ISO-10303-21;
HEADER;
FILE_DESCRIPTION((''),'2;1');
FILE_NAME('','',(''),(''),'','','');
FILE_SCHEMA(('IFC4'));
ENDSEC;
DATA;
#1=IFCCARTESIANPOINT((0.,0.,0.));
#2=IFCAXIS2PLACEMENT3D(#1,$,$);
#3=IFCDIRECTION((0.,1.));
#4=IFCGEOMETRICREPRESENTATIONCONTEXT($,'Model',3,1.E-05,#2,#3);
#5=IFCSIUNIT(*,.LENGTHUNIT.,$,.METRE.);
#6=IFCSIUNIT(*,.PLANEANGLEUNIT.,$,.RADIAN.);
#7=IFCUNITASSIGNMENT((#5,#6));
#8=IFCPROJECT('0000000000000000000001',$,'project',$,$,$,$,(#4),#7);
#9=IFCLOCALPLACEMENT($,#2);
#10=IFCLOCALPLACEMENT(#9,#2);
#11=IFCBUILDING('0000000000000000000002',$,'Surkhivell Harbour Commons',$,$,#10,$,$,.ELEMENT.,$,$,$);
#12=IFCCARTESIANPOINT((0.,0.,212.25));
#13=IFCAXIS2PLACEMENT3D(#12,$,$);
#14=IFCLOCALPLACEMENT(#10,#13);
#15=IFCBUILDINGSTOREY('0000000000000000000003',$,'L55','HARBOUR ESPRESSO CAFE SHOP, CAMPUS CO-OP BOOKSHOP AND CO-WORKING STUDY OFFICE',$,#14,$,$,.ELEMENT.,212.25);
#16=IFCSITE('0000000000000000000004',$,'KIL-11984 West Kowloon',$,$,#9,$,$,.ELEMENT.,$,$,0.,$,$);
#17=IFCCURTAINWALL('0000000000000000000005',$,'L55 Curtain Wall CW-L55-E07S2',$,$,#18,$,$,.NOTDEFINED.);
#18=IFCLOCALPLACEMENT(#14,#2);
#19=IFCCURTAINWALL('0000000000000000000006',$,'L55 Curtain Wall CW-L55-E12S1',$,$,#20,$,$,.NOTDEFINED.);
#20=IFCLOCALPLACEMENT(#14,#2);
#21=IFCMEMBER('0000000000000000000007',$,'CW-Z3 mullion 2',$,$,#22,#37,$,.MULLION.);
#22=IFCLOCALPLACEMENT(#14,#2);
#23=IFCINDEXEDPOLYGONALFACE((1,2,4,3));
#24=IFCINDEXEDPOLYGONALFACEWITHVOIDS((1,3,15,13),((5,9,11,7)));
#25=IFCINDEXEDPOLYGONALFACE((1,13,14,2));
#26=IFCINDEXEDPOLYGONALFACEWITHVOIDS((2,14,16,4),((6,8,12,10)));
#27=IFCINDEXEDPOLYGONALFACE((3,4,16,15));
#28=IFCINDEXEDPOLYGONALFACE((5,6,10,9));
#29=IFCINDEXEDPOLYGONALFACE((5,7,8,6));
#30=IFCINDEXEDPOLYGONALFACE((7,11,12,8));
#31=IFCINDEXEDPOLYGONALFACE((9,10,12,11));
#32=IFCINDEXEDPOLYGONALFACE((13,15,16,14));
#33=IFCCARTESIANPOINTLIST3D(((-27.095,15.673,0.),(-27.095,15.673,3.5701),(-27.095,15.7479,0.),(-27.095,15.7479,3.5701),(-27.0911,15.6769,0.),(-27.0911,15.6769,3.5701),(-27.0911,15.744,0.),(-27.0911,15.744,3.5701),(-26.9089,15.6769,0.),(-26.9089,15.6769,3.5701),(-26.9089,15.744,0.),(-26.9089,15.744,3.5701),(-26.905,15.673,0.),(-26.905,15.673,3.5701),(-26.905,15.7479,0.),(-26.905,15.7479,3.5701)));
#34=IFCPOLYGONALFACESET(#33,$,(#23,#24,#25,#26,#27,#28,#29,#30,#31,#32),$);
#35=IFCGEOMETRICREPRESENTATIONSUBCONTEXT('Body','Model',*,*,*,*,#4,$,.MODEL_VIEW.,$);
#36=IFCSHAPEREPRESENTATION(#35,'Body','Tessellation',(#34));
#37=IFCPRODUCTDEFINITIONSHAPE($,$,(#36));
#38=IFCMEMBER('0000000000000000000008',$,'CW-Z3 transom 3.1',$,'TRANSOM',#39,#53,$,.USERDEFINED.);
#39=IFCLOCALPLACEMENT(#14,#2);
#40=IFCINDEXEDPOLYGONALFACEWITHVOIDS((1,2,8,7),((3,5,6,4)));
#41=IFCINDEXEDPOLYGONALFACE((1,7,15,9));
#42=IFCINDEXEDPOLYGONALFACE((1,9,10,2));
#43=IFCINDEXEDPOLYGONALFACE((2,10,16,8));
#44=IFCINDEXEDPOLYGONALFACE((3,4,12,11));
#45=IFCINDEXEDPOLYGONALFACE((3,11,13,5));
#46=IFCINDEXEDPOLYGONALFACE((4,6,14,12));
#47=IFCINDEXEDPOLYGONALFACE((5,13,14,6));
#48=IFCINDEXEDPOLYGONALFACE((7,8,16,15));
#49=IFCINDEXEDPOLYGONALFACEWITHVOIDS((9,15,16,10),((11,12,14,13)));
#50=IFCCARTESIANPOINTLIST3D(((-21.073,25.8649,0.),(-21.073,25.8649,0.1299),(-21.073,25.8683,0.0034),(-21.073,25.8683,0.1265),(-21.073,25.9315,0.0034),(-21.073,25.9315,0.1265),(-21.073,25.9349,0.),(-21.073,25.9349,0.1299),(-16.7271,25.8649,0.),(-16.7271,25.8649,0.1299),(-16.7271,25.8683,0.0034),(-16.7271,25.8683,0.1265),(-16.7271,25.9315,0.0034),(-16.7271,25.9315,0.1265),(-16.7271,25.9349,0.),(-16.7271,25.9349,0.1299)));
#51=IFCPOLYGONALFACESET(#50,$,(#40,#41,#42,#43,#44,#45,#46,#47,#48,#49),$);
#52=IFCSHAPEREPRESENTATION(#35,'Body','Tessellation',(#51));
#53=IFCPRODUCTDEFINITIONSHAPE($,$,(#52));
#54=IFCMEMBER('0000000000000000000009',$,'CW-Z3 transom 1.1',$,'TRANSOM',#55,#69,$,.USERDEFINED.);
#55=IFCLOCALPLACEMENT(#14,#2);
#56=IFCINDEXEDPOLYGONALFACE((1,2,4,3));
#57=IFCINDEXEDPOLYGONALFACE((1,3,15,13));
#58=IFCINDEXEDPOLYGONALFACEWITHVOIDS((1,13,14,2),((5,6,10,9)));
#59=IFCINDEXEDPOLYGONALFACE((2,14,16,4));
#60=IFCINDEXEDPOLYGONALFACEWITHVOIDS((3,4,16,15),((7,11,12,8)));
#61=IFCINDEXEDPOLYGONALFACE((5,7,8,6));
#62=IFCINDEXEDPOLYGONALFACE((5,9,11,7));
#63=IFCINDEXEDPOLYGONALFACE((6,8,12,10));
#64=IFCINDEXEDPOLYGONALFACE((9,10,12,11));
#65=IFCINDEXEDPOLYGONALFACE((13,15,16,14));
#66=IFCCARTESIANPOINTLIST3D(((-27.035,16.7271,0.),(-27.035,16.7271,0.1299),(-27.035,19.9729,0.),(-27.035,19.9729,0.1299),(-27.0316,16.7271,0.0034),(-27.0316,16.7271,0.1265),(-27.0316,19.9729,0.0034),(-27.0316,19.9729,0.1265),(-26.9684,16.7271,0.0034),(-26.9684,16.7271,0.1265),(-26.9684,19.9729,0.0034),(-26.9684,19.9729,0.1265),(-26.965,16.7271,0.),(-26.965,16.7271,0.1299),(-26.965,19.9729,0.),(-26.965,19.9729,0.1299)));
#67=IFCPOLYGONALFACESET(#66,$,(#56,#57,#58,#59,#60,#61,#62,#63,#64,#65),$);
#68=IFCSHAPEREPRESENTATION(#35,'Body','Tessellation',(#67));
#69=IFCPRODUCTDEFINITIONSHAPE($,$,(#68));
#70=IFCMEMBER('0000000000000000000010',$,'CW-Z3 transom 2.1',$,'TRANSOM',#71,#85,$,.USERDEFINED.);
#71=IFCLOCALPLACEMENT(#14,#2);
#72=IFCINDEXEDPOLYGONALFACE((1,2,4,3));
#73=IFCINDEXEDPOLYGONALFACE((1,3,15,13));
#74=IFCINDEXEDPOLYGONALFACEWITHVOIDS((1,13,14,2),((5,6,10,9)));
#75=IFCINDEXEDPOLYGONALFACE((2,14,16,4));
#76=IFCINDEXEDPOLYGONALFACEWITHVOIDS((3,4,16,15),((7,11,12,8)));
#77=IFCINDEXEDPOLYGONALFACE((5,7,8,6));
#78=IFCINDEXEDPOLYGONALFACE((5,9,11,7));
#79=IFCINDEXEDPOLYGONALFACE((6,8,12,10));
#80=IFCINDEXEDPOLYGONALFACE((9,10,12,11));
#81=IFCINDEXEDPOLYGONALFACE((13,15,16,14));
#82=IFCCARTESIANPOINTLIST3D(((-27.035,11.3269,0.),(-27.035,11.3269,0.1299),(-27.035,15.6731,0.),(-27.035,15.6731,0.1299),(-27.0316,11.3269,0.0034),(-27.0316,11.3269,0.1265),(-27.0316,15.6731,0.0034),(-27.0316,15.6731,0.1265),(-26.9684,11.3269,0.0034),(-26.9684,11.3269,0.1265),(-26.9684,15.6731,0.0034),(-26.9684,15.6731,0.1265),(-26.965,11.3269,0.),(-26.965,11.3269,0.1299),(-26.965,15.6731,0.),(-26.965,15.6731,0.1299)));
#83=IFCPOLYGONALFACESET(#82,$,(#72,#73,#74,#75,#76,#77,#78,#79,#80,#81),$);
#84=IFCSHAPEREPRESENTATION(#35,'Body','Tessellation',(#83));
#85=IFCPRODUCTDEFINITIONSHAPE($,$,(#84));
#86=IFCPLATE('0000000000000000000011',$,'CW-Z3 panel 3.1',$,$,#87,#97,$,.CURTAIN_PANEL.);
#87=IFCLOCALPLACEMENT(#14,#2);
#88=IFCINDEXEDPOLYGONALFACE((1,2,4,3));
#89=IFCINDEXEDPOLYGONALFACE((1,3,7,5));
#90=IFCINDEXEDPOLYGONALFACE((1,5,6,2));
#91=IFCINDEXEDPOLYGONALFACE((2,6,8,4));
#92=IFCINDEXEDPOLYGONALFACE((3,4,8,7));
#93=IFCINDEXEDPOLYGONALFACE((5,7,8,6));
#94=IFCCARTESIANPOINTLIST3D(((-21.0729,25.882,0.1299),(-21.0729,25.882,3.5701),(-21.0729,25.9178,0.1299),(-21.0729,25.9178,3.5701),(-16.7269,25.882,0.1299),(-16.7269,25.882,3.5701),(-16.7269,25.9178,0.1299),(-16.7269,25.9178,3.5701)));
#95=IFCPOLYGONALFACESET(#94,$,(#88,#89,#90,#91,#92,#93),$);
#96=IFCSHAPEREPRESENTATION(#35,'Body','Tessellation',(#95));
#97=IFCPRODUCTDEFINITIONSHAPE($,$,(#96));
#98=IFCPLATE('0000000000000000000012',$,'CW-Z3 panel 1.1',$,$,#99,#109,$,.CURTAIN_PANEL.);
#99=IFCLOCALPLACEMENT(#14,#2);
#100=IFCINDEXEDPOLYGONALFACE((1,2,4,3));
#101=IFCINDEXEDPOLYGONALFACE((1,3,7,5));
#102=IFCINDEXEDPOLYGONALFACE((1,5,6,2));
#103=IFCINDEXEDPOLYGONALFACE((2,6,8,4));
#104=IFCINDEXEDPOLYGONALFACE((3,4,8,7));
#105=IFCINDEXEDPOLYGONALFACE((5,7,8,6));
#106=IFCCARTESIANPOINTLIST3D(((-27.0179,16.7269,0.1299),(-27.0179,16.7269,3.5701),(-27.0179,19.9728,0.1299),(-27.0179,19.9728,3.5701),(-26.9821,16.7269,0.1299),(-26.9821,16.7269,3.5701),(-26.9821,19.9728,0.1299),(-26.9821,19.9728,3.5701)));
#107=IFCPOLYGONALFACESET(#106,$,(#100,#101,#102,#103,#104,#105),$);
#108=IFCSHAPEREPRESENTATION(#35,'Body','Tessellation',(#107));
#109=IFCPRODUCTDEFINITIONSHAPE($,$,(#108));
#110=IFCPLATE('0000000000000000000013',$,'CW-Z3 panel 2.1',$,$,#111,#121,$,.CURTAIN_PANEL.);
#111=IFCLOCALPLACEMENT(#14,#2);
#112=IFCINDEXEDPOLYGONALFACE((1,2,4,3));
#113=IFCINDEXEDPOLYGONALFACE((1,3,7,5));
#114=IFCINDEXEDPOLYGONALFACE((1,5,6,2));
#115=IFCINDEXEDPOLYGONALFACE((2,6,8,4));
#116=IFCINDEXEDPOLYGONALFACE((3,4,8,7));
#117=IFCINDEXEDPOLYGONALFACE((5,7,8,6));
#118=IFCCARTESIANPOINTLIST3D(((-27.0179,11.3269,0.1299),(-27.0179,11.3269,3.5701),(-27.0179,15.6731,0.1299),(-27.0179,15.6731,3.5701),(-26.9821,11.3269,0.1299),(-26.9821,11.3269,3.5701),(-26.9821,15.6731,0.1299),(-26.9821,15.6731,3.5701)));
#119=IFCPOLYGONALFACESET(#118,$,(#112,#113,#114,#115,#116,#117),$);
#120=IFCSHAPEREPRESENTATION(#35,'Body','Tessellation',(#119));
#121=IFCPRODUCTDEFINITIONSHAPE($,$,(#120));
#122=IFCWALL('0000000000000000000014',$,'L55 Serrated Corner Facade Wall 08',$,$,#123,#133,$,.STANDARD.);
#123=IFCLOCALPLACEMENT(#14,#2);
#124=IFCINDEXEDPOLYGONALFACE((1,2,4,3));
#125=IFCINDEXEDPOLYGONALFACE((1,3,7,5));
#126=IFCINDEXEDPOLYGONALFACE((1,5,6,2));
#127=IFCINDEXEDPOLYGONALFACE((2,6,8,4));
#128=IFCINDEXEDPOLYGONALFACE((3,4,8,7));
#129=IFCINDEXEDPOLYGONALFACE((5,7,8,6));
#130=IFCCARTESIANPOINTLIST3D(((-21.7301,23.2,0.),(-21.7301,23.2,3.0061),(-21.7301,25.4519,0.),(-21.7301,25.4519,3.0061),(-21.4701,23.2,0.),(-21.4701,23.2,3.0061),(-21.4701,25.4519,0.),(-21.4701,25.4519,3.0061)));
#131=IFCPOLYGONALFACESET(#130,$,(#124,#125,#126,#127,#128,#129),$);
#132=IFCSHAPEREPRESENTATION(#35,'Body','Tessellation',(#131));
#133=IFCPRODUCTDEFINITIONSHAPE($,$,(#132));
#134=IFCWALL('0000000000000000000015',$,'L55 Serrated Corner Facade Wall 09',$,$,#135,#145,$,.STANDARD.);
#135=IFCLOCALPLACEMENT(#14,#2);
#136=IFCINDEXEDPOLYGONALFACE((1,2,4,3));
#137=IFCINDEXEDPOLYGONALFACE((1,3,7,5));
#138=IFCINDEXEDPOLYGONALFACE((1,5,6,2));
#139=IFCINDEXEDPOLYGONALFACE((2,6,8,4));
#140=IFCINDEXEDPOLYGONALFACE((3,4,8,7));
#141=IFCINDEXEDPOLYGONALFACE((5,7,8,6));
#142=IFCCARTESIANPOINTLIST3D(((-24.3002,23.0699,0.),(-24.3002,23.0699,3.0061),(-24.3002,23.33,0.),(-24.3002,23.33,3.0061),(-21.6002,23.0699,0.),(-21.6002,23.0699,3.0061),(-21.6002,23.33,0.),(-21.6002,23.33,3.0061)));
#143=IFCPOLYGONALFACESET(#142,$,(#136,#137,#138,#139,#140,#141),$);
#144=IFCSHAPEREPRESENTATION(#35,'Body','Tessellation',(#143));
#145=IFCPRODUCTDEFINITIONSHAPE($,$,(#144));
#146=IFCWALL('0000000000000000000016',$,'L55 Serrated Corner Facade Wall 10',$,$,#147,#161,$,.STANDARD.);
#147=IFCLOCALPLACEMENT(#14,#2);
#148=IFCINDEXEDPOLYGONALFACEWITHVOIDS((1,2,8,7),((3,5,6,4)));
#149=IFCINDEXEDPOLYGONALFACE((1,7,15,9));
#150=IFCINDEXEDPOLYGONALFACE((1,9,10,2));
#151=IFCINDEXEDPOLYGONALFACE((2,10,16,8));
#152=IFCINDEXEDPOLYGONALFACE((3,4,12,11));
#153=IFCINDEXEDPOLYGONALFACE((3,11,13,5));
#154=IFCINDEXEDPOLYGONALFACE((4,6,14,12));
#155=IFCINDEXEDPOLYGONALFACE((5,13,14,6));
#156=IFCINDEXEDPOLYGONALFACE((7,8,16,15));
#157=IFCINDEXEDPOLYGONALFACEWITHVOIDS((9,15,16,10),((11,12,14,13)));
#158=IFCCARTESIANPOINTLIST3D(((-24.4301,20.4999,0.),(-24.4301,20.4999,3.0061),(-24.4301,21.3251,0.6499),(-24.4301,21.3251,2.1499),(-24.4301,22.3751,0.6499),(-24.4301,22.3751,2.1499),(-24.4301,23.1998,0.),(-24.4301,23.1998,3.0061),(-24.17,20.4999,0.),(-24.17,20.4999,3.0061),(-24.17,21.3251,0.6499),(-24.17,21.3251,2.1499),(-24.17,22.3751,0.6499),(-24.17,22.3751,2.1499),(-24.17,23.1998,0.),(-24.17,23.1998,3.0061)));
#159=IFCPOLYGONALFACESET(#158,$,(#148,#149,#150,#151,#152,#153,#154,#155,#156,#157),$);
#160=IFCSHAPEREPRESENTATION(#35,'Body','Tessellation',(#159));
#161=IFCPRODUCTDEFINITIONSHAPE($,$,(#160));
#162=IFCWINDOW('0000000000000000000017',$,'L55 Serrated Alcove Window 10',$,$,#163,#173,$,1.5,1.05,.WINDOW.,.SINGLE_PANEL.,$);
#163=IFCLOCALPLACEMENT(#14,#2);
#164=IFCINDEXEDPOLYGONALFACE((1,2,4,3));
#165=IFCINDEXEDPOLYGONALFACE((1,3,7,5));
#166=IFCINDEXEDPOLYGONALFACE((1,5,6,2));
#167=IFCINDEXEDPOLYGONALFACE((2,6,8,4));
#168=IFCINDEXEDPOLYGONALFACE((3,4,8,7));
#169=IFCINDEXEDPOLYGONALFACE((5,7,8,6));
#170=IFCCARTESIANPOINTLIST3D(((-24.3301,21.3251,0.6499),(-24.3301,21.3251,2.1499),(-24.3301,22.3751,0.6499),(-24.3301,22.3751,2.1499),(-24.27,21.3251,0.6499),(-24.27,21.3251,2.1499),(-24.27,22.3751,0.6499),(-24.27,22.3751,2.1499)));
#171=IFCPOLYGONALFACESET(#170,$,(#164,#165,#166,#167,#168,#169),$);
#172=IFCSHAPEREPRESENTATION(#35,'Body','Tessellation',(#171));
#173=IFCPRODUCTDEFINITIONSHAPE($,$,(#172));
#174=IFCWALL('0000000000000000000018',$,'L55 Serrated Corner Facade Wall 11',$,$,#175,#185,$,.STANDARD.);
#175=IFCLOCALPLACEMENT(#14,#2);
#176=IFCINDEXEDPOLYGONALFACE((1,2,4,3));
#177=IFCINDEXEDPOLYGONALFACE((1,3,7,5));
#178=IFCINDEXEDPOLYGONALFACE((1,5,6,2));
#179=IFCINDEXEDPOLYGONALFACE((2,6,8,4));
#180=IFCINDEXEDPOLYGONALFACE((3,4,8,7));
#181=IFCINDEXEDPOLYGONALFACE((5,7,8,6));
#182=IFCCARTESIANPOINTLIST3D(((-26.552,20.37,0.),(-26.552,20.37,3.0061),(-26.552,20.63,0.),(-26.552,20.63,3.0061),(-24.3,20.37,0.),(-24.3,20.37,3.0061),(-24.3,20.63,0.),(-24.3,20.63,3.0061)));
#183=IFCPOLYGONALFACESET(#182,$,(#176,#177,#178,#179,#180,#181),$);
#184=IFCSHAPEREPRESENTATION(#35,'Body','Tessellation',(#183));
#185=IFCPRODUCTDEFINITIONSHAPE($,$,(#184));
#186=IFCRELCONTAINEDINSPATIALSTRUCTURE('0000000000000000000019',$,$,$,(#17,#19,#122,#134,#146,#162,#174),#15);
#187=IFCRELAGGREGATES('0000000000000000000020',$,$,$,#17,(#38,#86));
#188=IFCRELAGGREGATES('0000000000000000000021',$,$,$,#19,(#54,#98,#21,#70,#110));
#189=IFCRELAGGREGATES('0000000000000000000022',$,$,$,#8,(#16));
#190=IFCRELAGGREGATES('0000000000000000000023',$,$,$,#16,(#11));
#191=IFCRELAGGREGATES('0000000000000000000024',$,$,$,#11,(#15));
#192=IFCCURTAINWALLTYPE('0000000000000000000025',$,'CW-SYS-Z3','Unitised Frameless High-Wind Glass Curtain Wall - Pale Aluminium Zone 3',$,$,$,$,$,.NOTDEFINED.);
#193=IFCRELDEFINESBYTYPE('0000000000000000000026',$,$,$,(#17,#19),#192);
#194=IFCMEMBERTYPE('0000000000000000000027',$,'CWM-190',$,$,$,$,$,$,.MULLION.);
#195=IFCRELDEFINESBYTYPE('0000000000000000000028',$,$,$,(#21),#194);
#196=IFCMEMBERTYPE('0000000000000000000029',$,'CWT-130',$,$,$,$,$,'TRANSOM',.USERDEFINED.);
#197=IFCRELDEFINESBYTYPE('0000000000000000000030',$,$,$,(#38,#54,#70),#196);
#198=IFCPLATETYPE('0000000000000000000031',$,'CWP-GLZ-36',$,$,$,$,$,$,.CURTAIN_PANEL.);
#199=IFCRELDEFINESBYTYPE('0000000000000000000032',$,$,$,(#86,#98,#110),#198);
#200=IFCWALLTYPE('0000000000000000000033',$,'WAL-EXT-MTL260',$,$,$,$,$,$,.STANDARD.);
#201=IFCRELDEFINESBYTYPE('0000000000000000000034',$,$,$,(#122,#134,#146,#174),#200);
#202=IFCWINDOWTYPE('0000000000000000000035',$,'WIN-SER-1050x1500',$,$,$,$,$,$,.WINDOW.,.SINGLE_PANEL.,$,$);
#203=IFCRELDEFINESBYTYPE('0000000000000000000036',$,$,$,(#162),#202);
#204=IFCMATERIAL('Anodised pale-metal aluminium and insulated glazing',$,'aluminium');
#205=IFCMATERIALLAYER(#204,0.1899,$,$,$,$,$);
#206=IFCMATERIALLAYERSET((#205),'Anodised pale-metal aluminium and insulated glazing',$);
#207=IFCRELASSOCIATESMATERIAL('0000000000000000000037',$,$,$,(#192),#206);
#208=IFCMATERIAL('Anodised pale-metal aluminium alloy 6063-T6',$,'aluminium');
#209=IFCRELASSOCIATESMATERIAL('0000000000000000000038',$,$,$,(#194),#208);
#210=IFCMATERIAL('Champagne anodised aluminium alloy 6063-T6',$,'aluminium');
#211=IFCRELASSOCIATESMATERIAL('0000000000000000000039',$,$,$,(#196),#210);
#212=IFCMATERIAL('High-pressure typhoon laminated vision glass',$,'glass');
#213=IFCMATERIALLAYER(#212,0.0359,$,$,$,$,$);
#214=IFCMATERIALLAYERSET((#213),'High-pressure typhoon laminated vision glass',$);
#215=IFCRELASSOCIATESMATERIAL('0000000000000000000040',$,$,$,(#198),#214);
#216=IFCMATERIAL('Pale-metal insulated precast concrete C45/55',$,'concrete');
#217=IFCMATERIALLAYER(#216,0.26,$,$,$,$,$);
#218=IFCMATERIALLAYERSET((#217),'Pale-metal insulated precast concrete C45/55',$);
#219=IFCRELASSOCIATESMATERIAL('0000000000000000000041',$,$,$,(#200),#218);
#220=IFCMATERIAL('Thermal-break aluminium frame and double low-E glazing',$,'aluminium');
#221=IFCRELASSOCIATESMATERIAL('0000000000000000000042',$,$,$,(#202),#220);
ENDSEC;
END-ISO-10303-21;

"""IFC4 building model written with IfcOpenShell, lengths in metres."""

from ifc_helpers import new_model, si_unit, direction, frame, frame_2d, origin, origin_2d, place, context, subcontext, project, spatial, rectangle, hollow_rectangle, extrude, material, layer, layer_set, material_profile, profile_set, type_object, element, fill, aggregate, save


model = new_model("IFC4")

# Units and contexts
model_context = context("Model", 3, precision=1e-05, world=origin(), true_north=direction((0.0, 1.0)))
body_context = subcontext(model_context, "Body", "Model", "MODEL_VIEW")
ifc_project = project(units=[si_unit("LENGTHUNIT", "METRE"), si_unit("PLANEANGLEUNIT", "RADIAN")], contexts=[model_context])

# Site, building, storey
site_placement = place(None, origin())
site = spatial("IfcSite", under=ifc_project, at=site_placement, Name="KIL-11984 West Kowloon", CompositionType="ELEMENT", RefElevation=0.0)
building_placement = place(site_placement, origin())
building = spatial("IfcBuilding", under=site, at=building_placement, Name="Surkhivell Harbour Commons", CompositionType="ELEMENT")
storey_placement = place(building_placement, frame((0.0, 0.0, 212.25)))
storey = spatial("IfcBuildingStorey", under=building, at=storey_placement, Name="L55", Description="HARBOUR ESPRESSO CAFE SHOP, CAMPUS CO-OP BOOKSHOP AND CO-WORKING STUDY OFFICE", CompositionType="ELEMENT", Elevation=212.25)

# Curtain walls, member
ifc_material_1 = material(Name="Anodised pale-metal aluminium and insulated glazing", Category="aluminium")
ifc_layer_1 = layer(ifc_material_1, 0.1899)
ifc_layer_set_1 = layer_set([ifc_layer_1], Name="Anodised pale-metal aluminium and insulated glazing")
curtain_wall_type = type_object("IfcCurtainWallType", Name="CW-SYS-Z3", Description="Unitised Frameless High-Wind Glass Curtain Wall - Pale Aluminium Zone 3", PredefinedType="NOTDEFINED", material=ifc_layer_set_1)
curtain_wall_1_placement = place(storey_placement, origin())
curtain_wall_1 = element("IfcCurtainWall", 1, at=curtain_wall_1_placement, inside=storey, type_object=curtain_wall_type, Name="L55 Curtain Wall CW-L55-E07S2", PredefinedType="NOTDEFINED")
ifc_material_2 = material(Name="Anodised pale-metal aluminium alloy 6063-T6", Category="aluminium")
ifc_material_profile_1 = material_profile(ifc_material_2, hollow_rectangle(XDim=0.075, YDim=0.1899, WallThickness=0.0039, at=origin_2d()), Name="ALU-MULL-75x190")
ifc_profile_set_1 = profile_set([ifc_material_profile_1], Name="Anodised pale-metal aluminium alloy 6063-T6")
member_type_1 = type_object("IfcMemberType", Name="CWM-190", PredefinedType="MULLION", material=ifc_profile_set_1)
curtain_wall_2_placement = place(storey_placement, origin())
curtain_wall_2 = element("IfcCurtainWall", 2, at=curtain_wall_2_placement, inside=storey, type_object=curtain_wall_type, Name="L55 Curtain Wall CW-L55-E12S1", PredefinedType="NOTDEFINED")
member_1_placement = place(storey_placement, frame((-27.0, 15.7104, 0.0), z_axis=(0.0, 0.0, 1.0), x_axis=(0.0, -1.0, 0.0)))
member_1 = element("IfcMember", 3, at=member_1_placement, type_object=member_type_1, Name="CW-Z3 mullion 2", PredefinedType="MULLION", context=body_context, shape_type="SweptSolid", body=[
    extrude(hollow_rectangle(XDim=0.075, YDim=0.1899, WallThickness=0.0039, at=origin_2d()), origin(), (0.0, 0.0, 1.0), 3.5701),
])

# Members
ifc_material_3 = material(Name="Champagne anodised aluminium alloy 6063-T6", Category="aluminium")
ifc_material_profile_2 = material_profile(ifc_material_3, hollow_rectangle(XDim=0.0701, YDim=0.1299, WallThickness=0.0034, at=origin_2d()), Name="ALU-TRAN-70x130")
ifc_profile_set_2 = profile_set([ifc_material_profile_2], Name="Champagne anodised aluminium alloy 6063-T6")
member_type_2 = type_object("IfcMemberType", Name="CWT-130", ElementType="TRANSOM", PredefinedType="USERDEFINED", material=ifc_profile_set_2)
member_2_placement = place(storey_placement, frame((-16.7271, 25.8999, 0.0649), z_axis=(-1.0, 0.0, 0.0), x_axis=(0.0, -1.0, 0.0)))
member_2 = element("IfcMember", 4, at=member_2_placement, type_object=member_type_2, Name="CW-Z3 transom 3.1", ObjectType="TRANSOM", PredefinedType="USERDEFINED", context=body_context, shape_type="SweptSolid", body=[
    extrude(hollow_rectangle(XDim=0.0701, YDim=0.1299, WallThickness=0.0034, at=origin_2d()), origin(), (0.0, 0.0, 1.0), 4.3459),
])
member_3_placement = place(storey_placement, frame((-27.0, 19.9729, 0.0649), z_axis=(0.0, -1.0, 0.0), x_axis=(1.0, 0.0, 0.0)))
member_3 = element("IfcMember", 5, at=member_3_placement, type_object=member_type_2, Name="CW-Z3 transom 1.1", ObjectType="TRANSOM", PredefinedType="USERDEFINED", context=body_context, shape_type="SweptSolid", body=[
    extrude(hollow_rectangle(XDim=0.0701, YDim=0.1299, WallThickness=0.0034, at=origin_2d()), origin(), (0.0, 0.0, 1.0), 3.2458),
])
member_4_placement = place(storey_placement, frame((-27.0, 15.6731, 0.0649), z_axis=(0.0, -1.0, 0.0), x_axis=(1.0, 0.0, 0.0)))
member_4 = element("IfcMember", 6, at=member_4_placement, type_object=member_type_2, Name="CW-Z3 transom 2.1", ObjectType="TRANSOM", PredefinedType="USERDEFINED", context=body_context, shape_type="SweptSolid", body=[
    extrude(hollow_rectangle(XDim=0.0701, YDim=0.1299, WallThickness=0.0034, at=origin_2d()), origin(), (0.0, 0.0, 1.0), 4.3462),
])

# Plates
ifc_material_4 = material(Name="High-pressure typhoon laminated vision glass", Category="glass")
ifc_layer_2 = layer(ifc_material_4, 0.0359)
ifc_layer_set_2 = layer_set([ifc_layer_2], Name="High-pressure typhoon laminated vision glass")
plate_type = type_object("IfcPlateType", Name="CWP-GLZ-36", PredefinedType="CURTAIN_PANEL", material=ifc_layer_set_2)
plate_1_placement = place(storey_placement, frame((-16.7271, 25.8999, 0.1299), z_axis=(0.0, 0.0, 1.0), x_axis=(-1.0, 0.0, 0.0)))
plate_1 = element("IfcPlate", 7, at=plate_1_placement, type_object=plate_type, Name="CW-Z3 panel 3.1", PredefinedType="CURTAIN_PANEL", context=body_context, shape_type="SweptSolid", body=[
    extrude(rectangle(XDim=4.3459, YDim=0.0359, at=frame_2d((2.1729, 0.0))), origin(), (0.0, 0.0, 1.0), 3.4402),
])
aggregate(curtain_wall_1, [member_2, plate_1])
plate_2_placement = place(storey_placement, frame((-27.0, 19.9729, 0.1299), z_axis=(0.0, 0.0, 1.0), x_axis=(0.0, -1.0, 0.0)))
plate_2 = element("IfcPlate", 8, at=plate_2_placement, type_object=plate_type, Name="CW-Z3 panel 1.1", PredefinedType="CURTAIN_PANEL", context=body_context, shape_type="SweptSolid", body=[
    extrude(rectangle(XDim=3.2458, YDim=0.0359, at=frame_2d((1.623, 0.0))), origin(), (0.0, 0.0, 1.0), 3.4402),
])
plate_3_placement = place(storey_placement, frame((-27.0, 15.6731, 0.1299), z_axis=(0.0, 0.0, 1.0), x_axis=(0.0, -1.0, 0.0)))
plate_3 = element("IfcPlate", 9, at=plate_3_placement, type_object=plate_type, Name="CW-Z3 panel 2.1", PredefinedType="CURTAIN_PANEL", context=body_context, shape_type="SweptSolid", body=[
    extrude(rectangle(XDim=4.3462, YDim=0.0359, at=frame_2d((2.1731, 0.0))), origin(), (0.0, 0.0, 1.0), 3.4402),
])
aggregate(curtain_wall_2, [member_3, plate_2, member_1, member_4, plate_3])

# Walls
ifc_material_5 = material(Name="Pale-metal insulated precast concrete C45/55", Category="concrete")
ifc_layer_3 = layer(ifc_material_5, 0.26)
ifc_layer_set_3 = layer_set([ifc_layer_3], Name="Pale-metal insulated precast concrete C45/55")
wall_type = type_object("IfcWallType", Name="WAL-EXT-MTL260", PredefinedType="STANDARD", material=ifc_layer_set_3)
wall_1_placement = place(storey_placement, frame((-21.6001, 25.4519, 0.0), z_axis=(0.0, 0.0, 1.0), x_axis=(0.0, -1.0, 0.0)))
element("IfcWall", 10, at=wall_1_placement, inside=storey, type_object=wall_type, Name="L55 Serrated Corner Facade Wall 08", PredefinedType="STANDARD", context=body_context, shape_type="SweptSolid", body=[
    extrude(rectangle(XDim=2.252, YDim=0.26, at=frame_2d((1.126, 0.0))), origin(), (0.0, 0.0, 1.0), 3.0061),
])
wall_2_placement = place(storey_placement, frame((-21.6001, 23.2, 0.0), z_axis=(0.0, 0.0, 1.0), x_axis=(-1.0, 0.0, 0.0)))
element("IfcWall", 11, at=wall_2_placement, inside=storey, type_object=wall_type, Name="L55 Serrated Corner Facade Wall 09", PredefinedType="STANDARD", context=body_context, shape_type="SweptSolid", body=[
    extrude(rectangle(XDim=2.7, YDim=0.26, at=frame_2d((1.3501, 0.0))), origin(), (0.0, 0.0, 1.0), 3.0061),
])

# Wall, opening, window
wall_3_placement = place(storey_placement, frame((-24.3, 23.2, 0.0), z_axis=(0.0, 0.0, 1.0), x_axis=(0.0, -1.0, 0.0)))
wall_3 = element("IfcWall", 12, at=wall_3_placement, inside=storey, type_object=wall_type, Name="L55 Serrated Corner Facade Wall 10", PredefinedType="STANDARD", context=body_context, shape_type="SweptSolid", body=[
    extrude(rectangle(XDim=2.7, YDim=0.26, at=frame_2d((1.3501, 0.0))), origin(), (0.0, 0.0, 1.0), 3.0061),
])
opening_placement = place(wall_3_placement, frame((0.825, 0.0, 0.6499)))
opening = element("IfcOpeningElement", 13, at=opening_placement, cuts=wall_3, PredefinedType="OPENING", context=body_context, shape_type="SweptSolid", body=[
    extrude(rectangle(XDim=1.05, YDim=1.5, at=frame_2d((0.5249, 0.75))), frame((0.0, 0.1399, 0.0), z_axis=(0.0, -1.0, 0.0), x_axis=(1.0, 0.0, 0.0)), (0.0, 0.0, 1.0), 0.28),
])
ifc_material_6 = material(Name="Thermal-break aluminium frame and double low-E glazing", Category="aluminium")
window_type = type_object("IfcWindowType", Name="WIN-SER-1050x1500", PartitioningType="SINGLE_PANEL", PredefinedType="WINDOW", material=ifc_material_6)
window_placement = place(opening_placement, origin())
window = element("IfcWindow", 14, at=window_placement, inside=storey, type_object=window_type, Name="L55 Serrated Alcove Window 10", OverallHeight=1.5, OverallWidth=1.05, PartitioningType="SINGLE_PANEL", PredefinedType="WINDOW", context=body_context, shape_type="SweptSolid", body=[
    extrude(rectangle(XDim=1.05, YDim=1.5, at=frame_2d((0.5249, 0.75))), frame((0.0, 0.03, 0.0), z_axis=(0.0, -1.0, 0.0), x_axis=(1.0, 0.0, 0.0)), (0.0, 0.0, 1.0), 0.0601),
])
fill(opening, window)

# Wall
wall_4_placement = place(storey_placement, frame((-24.3, 20.5, 0.0), z_axis=(0.0, 0.0, 1.0), x_axis=(-1.0, 0.0, 0.0)))
element("IfcWall", 15, at=wall_4_placement, inside=storey, type_object=wall_type, Name="L55 Serrated Corner Facade Wall 11", PredefinedType="STANDARD", context=body_context, shape_type="SweptSolid", body=[
    extrude(rectangle(XDim=2.252, YDim=0.26, at=frame_2d((1.126, 0.0))), origin(), (0.0, 0.0, 1.0), 3.0061),
])

save(model, "model.ifc")
